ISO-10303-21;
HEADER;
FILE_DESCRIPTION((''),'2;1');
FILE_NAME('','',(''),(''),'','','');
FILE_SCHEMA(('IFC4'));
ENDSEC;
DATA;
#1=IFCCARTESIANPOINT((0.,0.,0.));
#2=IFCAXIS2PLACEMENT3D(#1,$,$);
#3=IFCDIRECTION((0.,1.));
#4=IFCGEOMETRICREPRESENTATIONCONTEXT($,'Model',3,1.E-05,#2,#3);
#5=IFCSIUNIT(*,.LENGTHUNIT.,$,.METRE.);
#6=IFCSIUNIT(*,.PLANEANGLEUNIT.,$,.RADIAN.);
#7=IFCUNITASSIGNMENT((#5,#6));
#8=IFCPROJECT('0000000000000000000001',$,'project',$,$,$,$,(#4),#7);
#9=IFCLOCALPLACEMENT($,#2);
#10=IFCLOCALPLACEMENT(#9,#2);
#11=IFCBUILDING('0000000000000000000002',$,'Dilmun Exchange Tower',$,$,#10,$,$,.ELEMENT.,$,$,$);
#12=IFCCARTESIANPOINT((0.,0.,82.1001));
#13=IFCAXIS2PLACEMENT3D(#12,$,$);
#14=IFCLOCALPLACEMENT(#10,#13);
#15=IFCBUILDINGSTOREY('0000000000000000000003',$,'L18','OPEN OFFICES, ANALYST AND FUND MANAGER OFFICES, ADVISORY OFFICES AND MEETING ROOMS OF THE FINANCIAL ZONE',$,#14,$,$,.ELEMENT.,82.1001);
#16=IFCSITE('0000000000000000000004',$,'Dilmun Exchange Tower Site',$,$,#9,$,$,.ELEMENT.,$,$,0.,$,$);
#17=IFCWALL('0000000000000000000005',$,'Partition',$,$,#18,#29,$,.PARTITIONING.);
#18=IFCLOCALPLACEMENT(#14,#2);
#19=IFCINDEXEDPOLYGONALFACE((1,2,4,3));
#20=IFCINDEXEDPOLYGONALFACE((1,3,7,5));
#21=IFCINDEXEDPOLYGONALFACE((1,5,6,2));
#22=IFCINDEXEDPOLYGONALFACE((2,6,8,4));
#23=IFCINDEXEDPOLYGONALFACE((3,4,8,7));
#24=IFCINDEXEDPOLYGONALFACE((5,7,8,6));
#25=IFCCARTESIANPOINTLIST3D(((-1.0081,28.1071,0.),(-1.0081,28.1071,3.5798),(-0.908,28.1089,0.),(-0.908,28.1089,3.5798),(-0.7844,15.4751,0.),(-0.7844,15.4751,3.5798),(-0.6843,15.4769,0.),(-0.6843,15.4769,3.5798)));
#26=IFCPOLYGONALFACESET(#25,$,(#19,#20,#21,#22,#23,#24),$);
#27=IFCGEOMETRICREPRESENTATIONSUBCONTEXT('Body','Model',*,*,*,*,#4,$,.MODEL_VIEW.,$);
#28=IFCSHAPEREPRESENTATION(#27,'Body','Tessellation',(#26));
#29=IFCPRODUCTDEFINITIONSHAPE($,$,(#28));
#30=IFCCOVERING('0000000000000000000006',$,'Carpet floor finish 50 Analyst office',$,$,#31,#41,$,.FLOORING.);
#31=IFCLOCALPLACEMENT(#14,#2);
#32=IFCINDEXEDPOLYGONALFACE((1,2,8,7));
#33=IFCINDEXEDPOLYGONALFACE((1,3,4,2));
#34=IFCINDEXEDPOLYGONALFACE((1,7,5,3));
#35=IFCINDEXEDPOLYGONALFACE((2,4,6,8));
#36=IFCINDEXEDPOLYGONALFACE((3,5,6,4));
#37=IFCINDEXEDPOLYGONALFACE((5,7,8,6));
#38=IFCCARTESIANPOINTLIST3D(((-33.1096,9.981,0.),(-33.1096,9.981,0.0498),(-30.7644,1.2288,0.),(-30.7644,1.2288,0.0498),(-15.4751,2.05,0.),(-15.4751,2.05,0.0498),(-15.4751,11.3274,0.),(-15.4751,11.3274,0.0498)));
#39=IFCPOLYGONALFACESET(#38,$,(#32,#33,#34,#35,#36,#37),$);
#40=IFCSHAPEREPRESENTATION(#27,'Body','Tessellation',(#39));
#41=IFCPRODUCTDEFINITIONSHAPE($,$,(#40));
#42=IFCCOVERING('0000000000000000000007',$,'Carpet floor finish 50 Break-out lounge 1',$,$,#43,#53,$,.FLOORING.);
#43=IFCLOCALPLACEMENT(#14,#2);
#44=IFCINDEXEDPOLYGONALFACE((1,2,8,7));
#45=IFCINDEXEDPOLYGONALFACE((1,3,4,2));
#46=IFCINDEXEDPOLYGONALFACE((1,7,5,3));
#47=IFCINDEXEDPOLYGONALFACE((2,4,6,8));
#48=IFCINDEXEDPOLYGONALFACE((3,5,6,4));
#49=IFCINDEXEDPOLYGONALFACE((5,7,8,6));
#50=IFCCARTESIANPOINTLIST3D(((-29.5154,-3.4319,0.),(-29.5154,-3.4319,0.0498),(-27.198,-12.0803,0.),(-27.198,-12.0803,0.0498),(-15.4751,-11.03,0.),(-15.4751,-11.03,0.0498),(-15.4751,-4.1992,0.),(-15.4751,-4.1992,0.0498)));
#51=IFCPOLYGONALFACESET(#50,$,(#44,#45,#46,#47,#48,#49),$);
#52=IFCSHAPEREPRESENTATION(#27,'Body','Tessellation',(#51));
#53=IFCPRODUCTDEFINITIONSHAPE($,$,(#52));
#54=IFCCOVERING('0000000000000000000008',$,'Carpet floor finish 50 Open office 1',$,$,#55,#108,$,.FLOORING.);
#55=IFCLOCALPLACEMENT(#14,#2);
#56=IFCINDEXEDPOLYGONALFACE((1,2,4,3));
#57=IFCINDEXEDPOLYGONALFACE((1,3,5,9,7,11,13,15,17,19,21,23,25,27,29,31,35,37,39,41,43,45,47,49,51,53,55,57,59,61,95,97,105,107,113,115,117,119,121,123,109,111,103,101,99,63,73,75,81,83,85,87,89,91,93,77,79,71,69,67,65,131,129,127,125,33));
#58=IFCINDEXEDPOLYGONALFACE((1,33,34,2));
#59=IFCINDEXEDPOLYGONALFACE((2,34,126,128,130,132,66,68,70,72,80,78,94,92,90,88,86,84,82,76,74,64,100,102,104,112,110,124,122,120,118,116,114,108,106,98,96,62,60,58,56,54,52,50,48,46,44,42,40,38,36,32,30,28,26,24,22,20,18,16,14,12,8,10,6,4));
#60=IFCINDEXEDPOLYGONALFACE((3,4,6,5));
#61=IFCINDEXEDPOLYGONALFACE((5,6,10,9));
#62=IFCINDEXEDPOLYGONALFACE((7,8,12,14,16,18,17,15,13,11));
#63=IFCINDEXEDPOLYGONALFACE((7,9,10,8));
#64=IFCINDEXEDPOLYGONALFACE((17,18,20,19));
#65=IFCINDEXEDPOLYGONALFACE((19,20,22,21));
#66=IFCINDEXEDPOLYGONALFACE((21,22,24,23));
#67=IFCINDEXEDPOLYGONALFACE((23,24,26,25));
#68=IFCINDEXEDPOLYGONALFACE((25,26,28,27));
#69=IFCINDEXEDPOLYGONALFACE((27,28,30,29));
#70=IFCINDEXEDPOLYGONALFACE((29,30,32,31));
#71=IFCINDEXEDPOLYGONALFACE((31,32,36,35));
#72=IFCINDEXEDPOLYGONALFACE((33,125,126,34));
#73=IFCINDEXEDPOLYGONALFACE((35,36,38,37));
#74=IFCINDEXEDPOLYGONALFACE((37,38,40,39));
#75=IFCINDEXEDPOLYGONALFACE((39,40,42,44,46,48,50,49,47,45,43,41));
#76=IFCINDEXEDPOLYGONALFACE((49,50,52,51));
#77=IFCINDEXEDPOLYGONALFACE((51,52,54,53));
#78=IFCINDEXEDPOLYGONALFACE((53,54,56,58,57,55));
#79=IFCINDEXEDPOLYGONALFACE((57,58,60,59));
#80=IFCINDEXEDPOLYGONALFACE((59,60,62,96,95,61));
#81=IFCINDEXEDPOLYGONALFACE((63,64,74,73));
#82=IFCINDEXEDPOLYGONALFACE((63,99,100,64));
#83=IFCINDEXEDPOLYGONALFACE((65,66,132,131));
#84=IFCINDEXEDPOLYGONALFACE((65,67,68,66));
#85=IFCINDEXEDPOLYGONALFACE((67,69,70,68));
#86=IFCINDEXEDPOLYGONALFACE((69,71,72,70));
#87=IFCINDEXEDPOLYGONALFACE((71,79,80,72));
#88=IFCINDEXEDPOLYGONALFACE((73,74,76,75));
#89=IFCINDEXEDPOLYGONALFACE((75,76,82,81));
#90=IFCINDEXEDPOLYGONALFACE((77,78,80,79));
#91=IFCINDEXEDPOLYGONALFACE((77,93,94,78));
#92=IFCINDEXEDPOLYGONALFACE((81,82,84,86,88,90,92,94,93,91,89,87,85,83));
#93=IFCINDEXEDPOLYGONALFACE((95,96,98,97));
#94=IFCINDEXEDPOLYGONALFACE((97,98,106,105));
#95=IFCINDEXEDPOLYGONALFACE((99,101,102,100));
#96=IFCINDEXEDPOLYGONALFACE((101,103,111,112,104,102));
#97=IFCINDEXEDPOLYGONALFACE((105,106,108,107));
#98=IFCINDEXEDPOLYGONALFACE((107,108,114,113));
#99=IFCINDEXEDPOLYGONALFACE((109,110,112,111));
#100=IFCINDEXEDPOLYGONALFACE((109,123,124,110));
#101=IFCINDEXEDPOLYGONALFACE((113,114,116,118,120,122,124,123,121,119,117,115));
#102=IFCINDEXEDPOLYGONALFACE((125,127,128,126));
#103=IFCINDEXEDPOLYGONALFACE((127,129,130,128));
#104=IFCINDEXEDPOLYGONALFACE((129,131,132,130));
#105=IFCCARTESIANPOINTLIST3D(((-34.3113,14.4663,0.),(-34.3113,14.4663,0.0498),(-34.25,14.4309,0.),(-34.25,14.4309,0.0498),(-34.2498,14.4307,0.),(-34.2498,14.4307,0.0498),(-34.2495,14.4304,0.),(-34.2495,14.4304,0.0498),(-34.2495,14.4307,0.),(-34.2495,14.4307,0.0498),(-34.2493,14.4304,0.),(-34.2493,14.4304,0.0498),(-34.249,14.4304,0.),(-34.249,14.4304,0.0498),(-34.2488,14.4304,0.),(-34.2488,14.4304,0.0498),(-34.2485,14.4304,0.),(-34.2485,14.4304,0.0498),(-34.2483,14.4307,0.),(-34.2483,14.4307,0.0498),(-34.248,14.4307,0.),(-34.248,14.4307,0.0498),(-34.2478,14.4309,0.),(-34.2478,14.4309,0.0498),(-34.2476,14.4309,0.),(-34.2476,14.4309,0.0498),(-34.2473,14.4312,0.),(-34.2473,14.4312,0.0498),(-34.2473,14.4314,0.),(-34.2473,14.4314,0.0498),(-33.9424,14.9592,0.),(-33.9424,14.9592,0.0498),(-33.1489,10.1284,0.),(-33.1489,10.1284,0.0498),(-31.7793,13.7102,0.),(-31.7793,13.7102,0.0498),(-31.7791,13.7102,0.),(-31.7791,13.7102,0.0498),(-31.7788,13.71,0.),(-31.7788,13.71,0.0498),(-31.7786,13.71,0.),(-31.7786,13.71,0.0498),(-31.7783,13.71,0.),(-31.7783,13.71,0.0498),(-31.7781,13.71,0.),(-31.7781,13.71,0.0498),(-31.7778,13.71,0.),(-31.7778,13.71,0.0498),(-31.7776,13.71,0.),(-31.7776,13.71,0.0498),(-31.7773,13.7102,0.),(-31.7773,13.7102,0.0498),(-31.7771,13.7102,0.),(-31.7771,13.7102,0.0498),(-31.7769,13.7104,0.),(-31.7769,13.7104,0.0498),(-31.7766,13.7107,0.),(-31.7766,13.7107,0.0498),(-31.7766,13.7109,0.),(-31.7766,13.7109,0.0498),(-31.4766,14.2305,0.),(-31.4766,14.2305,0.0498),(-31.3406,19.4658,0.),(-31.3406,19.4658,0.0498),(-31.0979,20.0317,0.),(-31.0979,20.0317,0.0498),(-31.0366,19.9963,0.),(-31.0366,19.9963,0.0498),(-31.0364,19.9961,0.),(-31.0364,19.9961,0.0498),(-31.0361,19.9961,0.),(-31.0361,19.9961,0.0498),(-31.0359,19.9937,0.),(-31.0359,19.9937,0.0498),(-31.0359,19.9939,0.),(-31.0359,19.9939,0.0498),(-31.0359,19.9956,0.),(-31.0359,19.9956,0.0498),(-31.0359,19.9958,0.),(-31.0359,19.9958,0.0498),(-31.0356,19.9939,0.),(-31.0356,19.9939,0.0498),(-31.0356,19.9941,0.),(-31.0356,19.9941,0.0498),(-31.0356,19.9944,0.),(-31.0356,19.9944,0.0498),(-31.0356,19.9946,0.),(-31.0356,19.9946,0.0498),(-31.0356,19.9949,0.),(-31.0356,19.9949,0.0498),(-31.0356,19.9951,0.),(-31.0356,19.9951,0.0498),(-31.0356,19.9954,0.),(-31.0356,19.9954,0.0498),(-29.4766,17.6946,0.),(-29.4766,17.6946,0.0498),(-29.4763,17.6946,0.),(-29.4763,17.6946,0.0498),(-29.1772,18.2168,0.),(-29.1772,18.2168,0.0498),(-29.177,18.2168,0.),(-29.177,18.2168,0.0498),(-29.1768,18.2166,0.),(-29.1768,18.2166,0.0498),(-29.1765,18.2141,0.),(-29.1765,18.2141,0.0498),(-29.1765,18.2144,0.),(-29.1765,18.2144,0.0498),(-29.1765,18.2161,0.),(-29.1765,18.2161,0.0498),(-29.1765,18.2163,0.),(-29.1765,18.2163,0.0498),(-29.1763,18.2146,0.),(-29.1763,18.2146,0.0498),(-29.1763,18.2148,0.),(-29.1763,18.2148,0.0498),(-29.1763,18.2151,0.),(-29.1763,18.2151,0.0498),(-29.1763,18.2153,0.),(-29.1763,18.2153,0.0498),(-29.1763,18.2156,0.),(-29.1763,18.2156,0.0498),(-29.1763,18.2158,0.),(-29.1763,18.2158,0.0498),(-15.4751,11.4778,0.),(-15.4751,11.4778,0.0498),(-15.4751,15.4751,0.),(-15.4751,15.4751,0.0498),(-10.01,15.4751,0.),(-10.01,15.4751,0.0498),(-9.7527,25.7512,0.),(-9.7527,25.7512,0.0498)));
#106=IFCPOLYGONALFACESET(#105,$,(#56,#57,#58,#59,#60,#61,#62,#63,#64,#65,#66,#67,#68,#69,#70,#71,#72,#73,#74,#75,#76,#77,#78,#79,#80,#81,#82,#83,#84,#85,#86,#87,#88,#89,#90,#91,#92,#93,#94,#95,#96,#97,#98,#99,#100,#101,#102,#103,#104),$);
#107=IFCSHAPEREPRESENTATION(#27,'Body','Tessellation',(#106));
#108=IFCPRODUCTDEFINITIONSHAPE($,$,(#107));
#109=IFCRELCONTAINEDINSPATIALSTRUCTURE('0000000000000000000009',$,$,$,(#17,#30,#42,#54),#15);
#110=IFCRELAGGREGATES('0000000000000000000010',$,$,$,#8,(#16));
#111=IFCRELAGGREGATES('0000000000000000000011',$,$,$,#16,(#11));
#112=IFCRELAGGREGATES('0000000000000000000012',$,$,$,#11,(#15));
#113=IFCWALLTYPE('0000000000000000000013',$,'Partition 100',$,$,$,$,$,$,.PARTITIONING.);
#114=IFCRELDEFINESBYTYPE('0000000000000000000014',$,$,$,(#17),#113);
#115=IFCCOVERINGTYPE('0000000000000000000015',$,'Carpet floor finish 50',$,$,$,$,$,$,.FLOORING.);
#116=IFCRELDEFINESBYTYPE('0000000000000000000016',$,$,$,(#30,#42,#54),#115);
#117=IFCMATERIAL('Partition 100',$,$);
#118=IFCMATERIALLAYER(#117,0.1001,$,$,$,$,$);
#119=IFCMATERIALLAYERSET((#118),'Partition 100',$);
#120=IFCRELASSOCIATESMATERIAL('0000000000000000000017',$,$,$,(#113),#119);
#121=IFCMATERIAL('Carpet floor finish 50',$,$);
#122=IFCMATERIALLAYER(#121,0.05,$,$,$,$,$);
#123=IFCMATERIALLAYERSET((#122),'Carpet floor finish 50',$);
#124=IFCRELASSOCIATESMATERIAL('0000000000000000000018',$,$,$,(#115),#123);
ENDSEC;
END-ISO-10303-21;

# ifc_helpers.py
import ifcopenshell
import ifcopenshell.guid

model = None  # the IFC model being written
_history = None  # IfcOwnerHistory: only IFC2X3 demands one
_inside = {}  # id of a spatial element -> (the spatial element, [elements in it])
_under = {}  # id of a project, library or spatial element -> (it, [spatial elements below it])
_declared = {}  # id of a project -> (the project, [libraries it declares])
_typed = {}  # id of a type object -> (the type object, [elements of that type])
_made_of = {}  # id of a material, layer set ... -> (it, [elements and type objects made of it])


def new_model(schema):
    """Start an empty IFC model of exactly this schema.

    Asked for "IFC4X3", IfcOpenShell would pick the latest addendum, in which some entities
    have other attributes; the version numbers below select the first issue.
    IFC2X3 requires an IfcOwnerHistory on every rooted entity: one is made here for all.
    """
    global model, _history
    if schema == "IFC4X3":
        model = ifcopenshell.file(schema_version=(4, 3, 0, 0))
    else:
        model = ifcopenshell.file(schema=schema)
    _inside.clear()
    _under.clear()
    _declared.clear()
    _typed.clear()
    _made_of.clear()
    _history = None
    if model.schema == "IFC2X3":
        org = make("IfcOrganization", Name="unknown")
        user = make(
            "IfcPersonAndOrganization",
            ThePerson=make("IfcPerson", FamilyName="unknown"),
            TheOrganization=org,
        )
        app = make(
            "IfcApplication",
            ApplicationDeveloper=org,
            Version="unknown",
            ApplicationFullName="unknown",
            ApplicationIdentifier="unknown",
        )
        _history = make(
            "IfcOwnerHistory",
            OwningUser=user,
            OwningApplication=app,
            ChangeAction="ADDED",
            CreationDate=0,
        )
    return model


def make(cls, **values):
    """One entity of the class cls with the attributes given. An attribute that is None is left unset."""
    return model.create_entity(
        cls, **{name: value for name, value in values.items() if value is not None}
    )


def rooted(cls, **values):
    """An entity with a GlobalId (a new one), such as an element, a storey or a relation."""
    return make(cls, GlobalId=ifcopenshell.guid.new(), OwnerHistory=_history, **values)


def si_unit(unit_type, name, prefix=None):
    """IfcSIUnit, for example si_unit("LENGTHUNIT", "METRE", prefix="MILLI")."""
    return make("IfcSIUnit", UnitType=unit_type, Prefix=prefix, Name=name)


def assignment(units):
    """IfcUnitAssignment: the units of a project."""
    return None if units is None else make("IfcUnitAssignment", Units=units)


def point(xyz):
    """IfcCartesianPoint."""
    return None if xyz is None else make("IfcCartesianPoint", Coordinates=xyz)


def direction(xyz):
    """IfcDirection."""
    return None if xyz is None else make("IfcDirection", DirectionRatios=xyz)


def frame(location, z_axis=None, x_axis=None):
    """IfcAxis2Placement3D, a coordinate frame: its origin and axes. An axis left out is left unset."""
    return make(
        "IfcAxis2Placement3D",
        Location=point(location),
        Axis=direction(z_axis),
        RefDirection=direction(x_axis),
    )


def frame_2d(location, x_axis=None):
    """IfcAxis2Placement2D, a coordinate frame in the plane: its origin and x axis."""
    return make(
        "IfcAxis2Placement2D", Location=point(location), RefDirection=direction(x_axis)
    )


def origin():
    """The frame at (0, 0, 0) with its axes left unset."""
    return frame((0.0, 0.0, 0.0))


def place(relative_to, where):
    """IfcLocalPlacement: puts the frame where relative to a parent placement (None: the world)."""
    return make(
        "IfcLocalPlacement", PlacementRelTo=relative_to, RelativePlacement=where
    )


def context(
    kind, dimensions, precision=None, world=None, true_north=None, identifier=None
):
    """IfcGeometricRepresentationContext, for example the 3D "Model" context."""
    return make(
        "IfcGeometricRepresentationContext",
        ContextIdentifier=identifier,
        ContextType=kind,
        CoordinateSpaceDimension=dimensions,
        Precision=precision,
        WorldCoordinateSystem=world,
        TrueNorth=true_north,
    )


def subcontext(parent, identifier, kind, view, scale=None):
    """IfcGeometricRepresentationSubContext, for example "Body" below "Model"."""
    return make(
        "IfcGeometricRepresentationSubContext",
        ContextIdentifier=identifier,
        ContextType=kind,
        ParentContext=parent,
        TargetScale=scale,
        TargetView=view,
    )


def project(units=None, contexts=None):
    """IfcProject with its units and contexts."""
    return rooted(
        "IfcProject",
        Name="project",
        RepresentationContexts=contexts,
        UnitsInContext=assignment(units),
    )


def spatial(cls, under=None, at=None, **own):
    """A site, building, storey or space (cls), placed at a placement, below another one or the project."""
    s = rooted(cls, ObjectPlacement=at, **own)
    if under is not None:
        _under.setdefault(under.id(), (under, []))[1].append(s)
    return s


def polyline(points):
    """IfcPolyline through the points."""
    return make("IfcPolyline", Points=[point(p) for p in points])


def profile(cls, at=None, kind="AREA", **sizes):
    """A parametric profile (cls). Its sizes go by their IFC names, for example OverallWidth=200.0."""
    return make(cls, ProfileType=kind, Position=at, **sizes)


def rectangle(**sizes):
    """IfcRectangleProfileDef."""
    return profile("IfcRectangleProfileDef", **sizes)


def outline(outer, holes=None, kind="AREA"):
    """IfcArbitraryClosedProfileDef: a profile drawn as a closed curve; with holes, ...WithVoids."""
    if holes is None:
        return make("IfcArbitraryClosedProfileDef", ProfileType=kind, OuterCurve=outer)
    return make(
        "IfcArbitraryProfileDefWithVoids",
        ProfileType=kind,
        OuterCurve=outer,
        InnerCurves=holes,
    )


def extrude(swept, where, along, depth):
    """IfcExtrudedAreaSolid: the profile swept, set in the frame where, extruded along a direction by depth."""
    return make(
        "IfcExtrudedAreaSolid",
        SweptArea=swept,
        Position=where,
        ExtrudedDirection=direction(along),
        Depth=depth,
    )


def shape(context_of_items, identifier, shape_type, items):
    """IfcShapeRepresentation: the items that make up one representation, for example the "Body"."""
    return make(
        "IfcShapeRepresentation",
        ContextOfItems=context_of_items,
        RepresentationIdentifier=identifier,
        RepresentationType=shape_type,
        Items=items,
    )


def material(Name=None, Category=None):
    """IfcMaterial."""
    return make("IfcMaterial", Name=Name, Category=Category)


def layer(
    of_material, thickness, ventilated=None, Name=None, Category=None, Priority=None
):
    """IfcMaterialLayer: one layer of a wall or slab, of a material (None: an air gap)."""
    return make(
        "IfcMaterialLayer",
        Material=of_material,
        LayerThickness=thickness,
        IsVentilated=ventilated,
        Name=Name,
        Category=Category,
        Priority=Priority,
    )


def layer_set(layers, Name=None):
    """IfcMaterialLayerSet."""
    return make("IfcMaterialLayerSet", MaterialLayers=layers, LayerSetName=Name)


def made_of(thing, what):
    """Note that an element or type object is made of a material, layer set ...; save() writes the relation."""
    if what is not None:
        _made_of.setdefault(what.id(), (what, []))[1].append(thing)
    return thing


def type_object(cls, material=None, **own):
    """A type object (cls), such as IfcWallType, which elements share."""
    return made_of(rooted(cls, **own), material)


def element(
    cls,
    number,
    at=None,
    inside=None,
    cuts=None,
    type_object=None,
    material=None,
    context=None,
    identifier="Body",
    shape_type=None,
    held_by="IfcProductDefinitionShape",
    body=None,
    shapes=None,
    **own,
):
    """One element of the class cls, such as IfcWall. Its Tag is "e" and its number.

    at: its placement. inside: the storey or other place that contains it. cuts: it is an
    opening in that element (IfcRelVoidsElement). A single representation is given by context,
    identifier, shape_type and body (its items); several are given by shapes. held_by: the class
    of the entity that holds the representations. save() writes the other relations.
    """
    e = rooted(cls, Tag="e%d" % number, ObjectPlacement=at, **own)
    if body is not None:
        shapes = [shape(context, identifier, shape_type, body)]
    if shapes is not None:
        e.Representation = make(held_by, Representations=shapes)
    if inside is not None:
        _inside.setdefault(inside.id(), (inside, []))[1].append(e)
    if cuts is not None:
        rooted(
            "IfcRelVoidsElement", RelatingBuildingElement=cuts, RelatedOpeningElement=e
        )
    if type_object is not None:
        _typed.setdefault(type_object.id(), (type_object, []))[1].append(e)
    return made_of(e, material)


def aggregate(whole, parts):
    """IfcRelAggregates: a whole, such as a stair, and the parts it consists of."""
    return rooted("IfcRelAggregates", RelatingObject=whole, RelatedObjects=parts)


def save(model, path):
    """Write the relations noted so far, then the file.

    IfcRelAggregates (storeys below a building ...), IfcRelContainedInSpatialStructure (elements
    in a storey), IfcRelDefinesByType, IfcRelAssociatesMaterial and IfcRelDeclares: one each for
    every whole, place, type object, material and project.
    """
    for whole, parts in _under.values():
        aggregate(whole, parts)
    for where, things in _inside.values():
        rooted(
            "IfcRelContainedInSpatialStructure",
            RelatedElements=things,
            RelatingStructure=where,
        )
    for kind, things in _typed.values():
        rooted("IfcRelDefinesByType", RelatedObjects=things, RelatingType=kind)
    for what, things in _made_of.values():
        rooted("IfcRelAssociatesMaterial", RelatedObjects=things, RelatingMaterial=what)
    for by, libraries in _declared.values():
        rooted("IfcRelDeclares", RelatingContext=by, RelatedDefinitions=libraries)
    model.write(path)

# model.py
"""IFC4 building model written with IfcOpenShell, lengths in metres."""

from ifc_helpers import new_model, si_unit, direction, frame, frame_2d, origin, place, context, subcontext, project, spatial, polyline, rectangle, outline, extrude, material, layer, layer_set, type_object, element, save


model = new_model("IFC4")

# Units and contexts
model_context = context("Model", 3, precision=1e-05, world=origin(), true_north=direction((0.0, 1.0)))
body_context = subcontext(model_context, "Body", "Model", "MODEL_VIEW")
ifc_project = project(units=[si_unit("LENGTHUNIT", "METRE"), si_unit("PLANEANGLEUNIT", "RADIAN")], contexts=[model_context])

# Site, building, storey
site_placement = place(None, origin())
site = spatial("IfcSite", under=ifc_project, at=site_placement, Name="Dilmun Exchange Tower Site", CompositionType="ELEMENT", RefElevation=0.0)
building_placement = place(site_placement, origin())
building = spatial("IfcBuilding", under=site, at=building_placement, Name="Dilmun Exchange Tower", CompositionType="ELEMENT")
storey_placement = place(building_placement, frame((0.0, 0.0, 82.1001)))
storey = spatial("IfcBuildingStorey", under=building, at=storey_placement, Name="L18", Description="OPEN OFFICES, ANALYST AND FUND MANAGER OFFICES, ADVISORY OFFICES AND MEETING ROOMS OF THE FINANCIAL ZONE", CompositionType="ELEMENT", Elevation=82.1001)

# Wall
ifc_material_1 = material(Name="Partition 100")
ifc_layer_1 = layer(ifc_material_1, 0.1001)
ifc_layer_set_1 = layer_set([ifc_layer_1], Name="Partition 100")
wall_type_1 = type_object("IfcWallType", Name="Partition 100", PredefinedType="PARTITIONING", material=ifc_layer_set_1)
wall_1_placement = place(storey_placement, frame((-0.958, 28.1079, 0.0), z_axis=(0.0, 0.0, 1.0), x_axis=(0.017701, -0.999843, 0.0)))
element("IfcWall", 1, at=wall_1_placement, inside=storey, type_object=wall_type_1, Name="Partition", PredefinedType="PARTITIONING", context=body_context, shape_type="SweptSolid", body=[
    extrude(rectangle(XDim=12.634, YDim=0.1001, at=frame_2d((6.3169, 0.0))), origin(), (0.0, 0.0, 1.0), 3.5798),
])

# Coverings
ifc_material_2 = material(Name="Carpet floor finish 50")
ifc_layer_2 = layer(ifc_material_2, 0.05)
ifc_layer_set_2 = layer_set([ifc_layer_2], Name="Carpet floor finish 50")
covering_type_1 = type_object("IfcCoveringType", Name="Carpet floor finish 50", PredefinedType="FLOORING", material=ifc_layer_set_2)
covering_1_placement = place(storey_placement, origin())
element("IfcCovering", 2, at=covering_1_placement, inside=storey, type_object=covering_type_1, Name="Carpet floor finish 50 Analyst office", PredefinedType="FLOORING", context=body_context, shape_type="SweptSolid", body=[
    extrude(outline(polyline([(-15.4751, 11.3274), (-15.4751, 2.05), (-30.7644, 1.2288), (-33.1096, 9.981), (-15.4751, 11.3274)])), origin(), (0.0, 0.0, 1.0), 0.0498),
])
covering_2_placement = place(storey_placement, origin())
element("IfcCovering", 3, at=covering_2_placement, inside=storey, type_object=covering_type_1, Name="Carpet floor finish 50 Break-out lounge 1", PredefinedType="FLOORING", context=body_context, shape_type="SweptSolid", body=[
    extrude(outline(polyline([(-15.4751, -4.1992), (-15.4751, -11.03), (-27.198, -12.0803), (-29.5154, -3.4319), (-15.4751, -4.1992)])), origin(), (0.0, 0.0, 1.0), 0.0498),
])
covering_3_placement = place(storey_placement, origin())
element("IfcCovering", 4, at=covering_3_placement, inside=storey, type_object=covering_type_1, Name="Carpet floor finish 50 Open office 1", PredefinedType="FLOORING", context=body_context, shape_type="SweptSolid", body=[
    extrude(outline(polyline([(-10.01, 15.4751), (-15.4751, 15.4751), (-15.4751, 11.4778), (-33.1489, 10.1284), (-34.3113, 14.4663), (-34.25, 14.4309), (-34.2498, 14.4307), (-34.2495, 14.4307), (-34.2495, 14.4304), (-34.2493, 14.4304), (-34.249, 14.4304), (-34.2488, 14.4304), (-34.2485, 14.4304), (-34.2483, 14.4307), (-34.2483, 14.4307), (-34.248, 14.4307), (-34.2478, 14.4309), (-34.2478, 14.4309), (-34.2476, 14.4309), (-34.2473, 14.4312), (-34.2473, 14.4314), (-34.2473, 14.4314), (-33.9424, 14.9592), (-31.7793, 13.7102), (-31.7791, 13.7102), (-31.7788, 13.71), (-31.7788, 13.71), (-31.7786, 13.71), (-31.7783, 13.71), (-31.7781, 13.71), (-31.7778, 13.71), (-31.7776, 13.71), (-31.7776, 13.71), (-31.7773, 13.7102), (-31.7771, 13.7102), (-31.7771, 13.7102), (-31.7769, 13.7104), (-31.7766, 13.7107), (-31.7766, 13.7107), (-31.7766, 13.7109), (-31.4766, 14.2305), (-29.4766, 17.6946), (-29.4763, 17.6946), (-29.1765, 18.2141), (-29.1765, 18.2144), (-29.1763, 18.2146), (-29.1763, 18.2148), (-29.1763, 18.2148), (-29.1763, 18.2151), (-29.1763, 18.2153), (-29.1763, 18.2156), (-29.1763, 18.2158), (-29.1763, 18.2158), (-29.1765, 18.2161), (-29.1765, 18.2163), (-29.1765, 18.2163), (-29.1768, 18.2166), (-29.177, 18.2168), (-29.177, 18.2168), (-29.1772, 18.2168), (-31.3406, 19.4658), (-31.0359, 19.9937), (-31.0359, 19.9939), (-31.0356, 19.9939), (-31.0356, 19.9941), (-31.0356, 19.9944), (-31.0356, 19.9944), (-31.0356, 19.9946), (-31.0356, 19.9949), (-31.0356, 19.9951), (-31.0356, 19.9954), (-31.0359, 19.9956), (-31.0359, 19.9956), (-31.0359, 19.9958), (-31.0361, 19.9961), (-31.0364, 19.9961), (-31.0364, 19.9961), (-31.0366, 19.9963), (-31.0979, 20.0317), (-9.7527, 25.7512), (-10.01, 15.4751)])), origin(), (0.0, 0.0, 1.0), 0.0498),
])

save(model, "model.ifc")
